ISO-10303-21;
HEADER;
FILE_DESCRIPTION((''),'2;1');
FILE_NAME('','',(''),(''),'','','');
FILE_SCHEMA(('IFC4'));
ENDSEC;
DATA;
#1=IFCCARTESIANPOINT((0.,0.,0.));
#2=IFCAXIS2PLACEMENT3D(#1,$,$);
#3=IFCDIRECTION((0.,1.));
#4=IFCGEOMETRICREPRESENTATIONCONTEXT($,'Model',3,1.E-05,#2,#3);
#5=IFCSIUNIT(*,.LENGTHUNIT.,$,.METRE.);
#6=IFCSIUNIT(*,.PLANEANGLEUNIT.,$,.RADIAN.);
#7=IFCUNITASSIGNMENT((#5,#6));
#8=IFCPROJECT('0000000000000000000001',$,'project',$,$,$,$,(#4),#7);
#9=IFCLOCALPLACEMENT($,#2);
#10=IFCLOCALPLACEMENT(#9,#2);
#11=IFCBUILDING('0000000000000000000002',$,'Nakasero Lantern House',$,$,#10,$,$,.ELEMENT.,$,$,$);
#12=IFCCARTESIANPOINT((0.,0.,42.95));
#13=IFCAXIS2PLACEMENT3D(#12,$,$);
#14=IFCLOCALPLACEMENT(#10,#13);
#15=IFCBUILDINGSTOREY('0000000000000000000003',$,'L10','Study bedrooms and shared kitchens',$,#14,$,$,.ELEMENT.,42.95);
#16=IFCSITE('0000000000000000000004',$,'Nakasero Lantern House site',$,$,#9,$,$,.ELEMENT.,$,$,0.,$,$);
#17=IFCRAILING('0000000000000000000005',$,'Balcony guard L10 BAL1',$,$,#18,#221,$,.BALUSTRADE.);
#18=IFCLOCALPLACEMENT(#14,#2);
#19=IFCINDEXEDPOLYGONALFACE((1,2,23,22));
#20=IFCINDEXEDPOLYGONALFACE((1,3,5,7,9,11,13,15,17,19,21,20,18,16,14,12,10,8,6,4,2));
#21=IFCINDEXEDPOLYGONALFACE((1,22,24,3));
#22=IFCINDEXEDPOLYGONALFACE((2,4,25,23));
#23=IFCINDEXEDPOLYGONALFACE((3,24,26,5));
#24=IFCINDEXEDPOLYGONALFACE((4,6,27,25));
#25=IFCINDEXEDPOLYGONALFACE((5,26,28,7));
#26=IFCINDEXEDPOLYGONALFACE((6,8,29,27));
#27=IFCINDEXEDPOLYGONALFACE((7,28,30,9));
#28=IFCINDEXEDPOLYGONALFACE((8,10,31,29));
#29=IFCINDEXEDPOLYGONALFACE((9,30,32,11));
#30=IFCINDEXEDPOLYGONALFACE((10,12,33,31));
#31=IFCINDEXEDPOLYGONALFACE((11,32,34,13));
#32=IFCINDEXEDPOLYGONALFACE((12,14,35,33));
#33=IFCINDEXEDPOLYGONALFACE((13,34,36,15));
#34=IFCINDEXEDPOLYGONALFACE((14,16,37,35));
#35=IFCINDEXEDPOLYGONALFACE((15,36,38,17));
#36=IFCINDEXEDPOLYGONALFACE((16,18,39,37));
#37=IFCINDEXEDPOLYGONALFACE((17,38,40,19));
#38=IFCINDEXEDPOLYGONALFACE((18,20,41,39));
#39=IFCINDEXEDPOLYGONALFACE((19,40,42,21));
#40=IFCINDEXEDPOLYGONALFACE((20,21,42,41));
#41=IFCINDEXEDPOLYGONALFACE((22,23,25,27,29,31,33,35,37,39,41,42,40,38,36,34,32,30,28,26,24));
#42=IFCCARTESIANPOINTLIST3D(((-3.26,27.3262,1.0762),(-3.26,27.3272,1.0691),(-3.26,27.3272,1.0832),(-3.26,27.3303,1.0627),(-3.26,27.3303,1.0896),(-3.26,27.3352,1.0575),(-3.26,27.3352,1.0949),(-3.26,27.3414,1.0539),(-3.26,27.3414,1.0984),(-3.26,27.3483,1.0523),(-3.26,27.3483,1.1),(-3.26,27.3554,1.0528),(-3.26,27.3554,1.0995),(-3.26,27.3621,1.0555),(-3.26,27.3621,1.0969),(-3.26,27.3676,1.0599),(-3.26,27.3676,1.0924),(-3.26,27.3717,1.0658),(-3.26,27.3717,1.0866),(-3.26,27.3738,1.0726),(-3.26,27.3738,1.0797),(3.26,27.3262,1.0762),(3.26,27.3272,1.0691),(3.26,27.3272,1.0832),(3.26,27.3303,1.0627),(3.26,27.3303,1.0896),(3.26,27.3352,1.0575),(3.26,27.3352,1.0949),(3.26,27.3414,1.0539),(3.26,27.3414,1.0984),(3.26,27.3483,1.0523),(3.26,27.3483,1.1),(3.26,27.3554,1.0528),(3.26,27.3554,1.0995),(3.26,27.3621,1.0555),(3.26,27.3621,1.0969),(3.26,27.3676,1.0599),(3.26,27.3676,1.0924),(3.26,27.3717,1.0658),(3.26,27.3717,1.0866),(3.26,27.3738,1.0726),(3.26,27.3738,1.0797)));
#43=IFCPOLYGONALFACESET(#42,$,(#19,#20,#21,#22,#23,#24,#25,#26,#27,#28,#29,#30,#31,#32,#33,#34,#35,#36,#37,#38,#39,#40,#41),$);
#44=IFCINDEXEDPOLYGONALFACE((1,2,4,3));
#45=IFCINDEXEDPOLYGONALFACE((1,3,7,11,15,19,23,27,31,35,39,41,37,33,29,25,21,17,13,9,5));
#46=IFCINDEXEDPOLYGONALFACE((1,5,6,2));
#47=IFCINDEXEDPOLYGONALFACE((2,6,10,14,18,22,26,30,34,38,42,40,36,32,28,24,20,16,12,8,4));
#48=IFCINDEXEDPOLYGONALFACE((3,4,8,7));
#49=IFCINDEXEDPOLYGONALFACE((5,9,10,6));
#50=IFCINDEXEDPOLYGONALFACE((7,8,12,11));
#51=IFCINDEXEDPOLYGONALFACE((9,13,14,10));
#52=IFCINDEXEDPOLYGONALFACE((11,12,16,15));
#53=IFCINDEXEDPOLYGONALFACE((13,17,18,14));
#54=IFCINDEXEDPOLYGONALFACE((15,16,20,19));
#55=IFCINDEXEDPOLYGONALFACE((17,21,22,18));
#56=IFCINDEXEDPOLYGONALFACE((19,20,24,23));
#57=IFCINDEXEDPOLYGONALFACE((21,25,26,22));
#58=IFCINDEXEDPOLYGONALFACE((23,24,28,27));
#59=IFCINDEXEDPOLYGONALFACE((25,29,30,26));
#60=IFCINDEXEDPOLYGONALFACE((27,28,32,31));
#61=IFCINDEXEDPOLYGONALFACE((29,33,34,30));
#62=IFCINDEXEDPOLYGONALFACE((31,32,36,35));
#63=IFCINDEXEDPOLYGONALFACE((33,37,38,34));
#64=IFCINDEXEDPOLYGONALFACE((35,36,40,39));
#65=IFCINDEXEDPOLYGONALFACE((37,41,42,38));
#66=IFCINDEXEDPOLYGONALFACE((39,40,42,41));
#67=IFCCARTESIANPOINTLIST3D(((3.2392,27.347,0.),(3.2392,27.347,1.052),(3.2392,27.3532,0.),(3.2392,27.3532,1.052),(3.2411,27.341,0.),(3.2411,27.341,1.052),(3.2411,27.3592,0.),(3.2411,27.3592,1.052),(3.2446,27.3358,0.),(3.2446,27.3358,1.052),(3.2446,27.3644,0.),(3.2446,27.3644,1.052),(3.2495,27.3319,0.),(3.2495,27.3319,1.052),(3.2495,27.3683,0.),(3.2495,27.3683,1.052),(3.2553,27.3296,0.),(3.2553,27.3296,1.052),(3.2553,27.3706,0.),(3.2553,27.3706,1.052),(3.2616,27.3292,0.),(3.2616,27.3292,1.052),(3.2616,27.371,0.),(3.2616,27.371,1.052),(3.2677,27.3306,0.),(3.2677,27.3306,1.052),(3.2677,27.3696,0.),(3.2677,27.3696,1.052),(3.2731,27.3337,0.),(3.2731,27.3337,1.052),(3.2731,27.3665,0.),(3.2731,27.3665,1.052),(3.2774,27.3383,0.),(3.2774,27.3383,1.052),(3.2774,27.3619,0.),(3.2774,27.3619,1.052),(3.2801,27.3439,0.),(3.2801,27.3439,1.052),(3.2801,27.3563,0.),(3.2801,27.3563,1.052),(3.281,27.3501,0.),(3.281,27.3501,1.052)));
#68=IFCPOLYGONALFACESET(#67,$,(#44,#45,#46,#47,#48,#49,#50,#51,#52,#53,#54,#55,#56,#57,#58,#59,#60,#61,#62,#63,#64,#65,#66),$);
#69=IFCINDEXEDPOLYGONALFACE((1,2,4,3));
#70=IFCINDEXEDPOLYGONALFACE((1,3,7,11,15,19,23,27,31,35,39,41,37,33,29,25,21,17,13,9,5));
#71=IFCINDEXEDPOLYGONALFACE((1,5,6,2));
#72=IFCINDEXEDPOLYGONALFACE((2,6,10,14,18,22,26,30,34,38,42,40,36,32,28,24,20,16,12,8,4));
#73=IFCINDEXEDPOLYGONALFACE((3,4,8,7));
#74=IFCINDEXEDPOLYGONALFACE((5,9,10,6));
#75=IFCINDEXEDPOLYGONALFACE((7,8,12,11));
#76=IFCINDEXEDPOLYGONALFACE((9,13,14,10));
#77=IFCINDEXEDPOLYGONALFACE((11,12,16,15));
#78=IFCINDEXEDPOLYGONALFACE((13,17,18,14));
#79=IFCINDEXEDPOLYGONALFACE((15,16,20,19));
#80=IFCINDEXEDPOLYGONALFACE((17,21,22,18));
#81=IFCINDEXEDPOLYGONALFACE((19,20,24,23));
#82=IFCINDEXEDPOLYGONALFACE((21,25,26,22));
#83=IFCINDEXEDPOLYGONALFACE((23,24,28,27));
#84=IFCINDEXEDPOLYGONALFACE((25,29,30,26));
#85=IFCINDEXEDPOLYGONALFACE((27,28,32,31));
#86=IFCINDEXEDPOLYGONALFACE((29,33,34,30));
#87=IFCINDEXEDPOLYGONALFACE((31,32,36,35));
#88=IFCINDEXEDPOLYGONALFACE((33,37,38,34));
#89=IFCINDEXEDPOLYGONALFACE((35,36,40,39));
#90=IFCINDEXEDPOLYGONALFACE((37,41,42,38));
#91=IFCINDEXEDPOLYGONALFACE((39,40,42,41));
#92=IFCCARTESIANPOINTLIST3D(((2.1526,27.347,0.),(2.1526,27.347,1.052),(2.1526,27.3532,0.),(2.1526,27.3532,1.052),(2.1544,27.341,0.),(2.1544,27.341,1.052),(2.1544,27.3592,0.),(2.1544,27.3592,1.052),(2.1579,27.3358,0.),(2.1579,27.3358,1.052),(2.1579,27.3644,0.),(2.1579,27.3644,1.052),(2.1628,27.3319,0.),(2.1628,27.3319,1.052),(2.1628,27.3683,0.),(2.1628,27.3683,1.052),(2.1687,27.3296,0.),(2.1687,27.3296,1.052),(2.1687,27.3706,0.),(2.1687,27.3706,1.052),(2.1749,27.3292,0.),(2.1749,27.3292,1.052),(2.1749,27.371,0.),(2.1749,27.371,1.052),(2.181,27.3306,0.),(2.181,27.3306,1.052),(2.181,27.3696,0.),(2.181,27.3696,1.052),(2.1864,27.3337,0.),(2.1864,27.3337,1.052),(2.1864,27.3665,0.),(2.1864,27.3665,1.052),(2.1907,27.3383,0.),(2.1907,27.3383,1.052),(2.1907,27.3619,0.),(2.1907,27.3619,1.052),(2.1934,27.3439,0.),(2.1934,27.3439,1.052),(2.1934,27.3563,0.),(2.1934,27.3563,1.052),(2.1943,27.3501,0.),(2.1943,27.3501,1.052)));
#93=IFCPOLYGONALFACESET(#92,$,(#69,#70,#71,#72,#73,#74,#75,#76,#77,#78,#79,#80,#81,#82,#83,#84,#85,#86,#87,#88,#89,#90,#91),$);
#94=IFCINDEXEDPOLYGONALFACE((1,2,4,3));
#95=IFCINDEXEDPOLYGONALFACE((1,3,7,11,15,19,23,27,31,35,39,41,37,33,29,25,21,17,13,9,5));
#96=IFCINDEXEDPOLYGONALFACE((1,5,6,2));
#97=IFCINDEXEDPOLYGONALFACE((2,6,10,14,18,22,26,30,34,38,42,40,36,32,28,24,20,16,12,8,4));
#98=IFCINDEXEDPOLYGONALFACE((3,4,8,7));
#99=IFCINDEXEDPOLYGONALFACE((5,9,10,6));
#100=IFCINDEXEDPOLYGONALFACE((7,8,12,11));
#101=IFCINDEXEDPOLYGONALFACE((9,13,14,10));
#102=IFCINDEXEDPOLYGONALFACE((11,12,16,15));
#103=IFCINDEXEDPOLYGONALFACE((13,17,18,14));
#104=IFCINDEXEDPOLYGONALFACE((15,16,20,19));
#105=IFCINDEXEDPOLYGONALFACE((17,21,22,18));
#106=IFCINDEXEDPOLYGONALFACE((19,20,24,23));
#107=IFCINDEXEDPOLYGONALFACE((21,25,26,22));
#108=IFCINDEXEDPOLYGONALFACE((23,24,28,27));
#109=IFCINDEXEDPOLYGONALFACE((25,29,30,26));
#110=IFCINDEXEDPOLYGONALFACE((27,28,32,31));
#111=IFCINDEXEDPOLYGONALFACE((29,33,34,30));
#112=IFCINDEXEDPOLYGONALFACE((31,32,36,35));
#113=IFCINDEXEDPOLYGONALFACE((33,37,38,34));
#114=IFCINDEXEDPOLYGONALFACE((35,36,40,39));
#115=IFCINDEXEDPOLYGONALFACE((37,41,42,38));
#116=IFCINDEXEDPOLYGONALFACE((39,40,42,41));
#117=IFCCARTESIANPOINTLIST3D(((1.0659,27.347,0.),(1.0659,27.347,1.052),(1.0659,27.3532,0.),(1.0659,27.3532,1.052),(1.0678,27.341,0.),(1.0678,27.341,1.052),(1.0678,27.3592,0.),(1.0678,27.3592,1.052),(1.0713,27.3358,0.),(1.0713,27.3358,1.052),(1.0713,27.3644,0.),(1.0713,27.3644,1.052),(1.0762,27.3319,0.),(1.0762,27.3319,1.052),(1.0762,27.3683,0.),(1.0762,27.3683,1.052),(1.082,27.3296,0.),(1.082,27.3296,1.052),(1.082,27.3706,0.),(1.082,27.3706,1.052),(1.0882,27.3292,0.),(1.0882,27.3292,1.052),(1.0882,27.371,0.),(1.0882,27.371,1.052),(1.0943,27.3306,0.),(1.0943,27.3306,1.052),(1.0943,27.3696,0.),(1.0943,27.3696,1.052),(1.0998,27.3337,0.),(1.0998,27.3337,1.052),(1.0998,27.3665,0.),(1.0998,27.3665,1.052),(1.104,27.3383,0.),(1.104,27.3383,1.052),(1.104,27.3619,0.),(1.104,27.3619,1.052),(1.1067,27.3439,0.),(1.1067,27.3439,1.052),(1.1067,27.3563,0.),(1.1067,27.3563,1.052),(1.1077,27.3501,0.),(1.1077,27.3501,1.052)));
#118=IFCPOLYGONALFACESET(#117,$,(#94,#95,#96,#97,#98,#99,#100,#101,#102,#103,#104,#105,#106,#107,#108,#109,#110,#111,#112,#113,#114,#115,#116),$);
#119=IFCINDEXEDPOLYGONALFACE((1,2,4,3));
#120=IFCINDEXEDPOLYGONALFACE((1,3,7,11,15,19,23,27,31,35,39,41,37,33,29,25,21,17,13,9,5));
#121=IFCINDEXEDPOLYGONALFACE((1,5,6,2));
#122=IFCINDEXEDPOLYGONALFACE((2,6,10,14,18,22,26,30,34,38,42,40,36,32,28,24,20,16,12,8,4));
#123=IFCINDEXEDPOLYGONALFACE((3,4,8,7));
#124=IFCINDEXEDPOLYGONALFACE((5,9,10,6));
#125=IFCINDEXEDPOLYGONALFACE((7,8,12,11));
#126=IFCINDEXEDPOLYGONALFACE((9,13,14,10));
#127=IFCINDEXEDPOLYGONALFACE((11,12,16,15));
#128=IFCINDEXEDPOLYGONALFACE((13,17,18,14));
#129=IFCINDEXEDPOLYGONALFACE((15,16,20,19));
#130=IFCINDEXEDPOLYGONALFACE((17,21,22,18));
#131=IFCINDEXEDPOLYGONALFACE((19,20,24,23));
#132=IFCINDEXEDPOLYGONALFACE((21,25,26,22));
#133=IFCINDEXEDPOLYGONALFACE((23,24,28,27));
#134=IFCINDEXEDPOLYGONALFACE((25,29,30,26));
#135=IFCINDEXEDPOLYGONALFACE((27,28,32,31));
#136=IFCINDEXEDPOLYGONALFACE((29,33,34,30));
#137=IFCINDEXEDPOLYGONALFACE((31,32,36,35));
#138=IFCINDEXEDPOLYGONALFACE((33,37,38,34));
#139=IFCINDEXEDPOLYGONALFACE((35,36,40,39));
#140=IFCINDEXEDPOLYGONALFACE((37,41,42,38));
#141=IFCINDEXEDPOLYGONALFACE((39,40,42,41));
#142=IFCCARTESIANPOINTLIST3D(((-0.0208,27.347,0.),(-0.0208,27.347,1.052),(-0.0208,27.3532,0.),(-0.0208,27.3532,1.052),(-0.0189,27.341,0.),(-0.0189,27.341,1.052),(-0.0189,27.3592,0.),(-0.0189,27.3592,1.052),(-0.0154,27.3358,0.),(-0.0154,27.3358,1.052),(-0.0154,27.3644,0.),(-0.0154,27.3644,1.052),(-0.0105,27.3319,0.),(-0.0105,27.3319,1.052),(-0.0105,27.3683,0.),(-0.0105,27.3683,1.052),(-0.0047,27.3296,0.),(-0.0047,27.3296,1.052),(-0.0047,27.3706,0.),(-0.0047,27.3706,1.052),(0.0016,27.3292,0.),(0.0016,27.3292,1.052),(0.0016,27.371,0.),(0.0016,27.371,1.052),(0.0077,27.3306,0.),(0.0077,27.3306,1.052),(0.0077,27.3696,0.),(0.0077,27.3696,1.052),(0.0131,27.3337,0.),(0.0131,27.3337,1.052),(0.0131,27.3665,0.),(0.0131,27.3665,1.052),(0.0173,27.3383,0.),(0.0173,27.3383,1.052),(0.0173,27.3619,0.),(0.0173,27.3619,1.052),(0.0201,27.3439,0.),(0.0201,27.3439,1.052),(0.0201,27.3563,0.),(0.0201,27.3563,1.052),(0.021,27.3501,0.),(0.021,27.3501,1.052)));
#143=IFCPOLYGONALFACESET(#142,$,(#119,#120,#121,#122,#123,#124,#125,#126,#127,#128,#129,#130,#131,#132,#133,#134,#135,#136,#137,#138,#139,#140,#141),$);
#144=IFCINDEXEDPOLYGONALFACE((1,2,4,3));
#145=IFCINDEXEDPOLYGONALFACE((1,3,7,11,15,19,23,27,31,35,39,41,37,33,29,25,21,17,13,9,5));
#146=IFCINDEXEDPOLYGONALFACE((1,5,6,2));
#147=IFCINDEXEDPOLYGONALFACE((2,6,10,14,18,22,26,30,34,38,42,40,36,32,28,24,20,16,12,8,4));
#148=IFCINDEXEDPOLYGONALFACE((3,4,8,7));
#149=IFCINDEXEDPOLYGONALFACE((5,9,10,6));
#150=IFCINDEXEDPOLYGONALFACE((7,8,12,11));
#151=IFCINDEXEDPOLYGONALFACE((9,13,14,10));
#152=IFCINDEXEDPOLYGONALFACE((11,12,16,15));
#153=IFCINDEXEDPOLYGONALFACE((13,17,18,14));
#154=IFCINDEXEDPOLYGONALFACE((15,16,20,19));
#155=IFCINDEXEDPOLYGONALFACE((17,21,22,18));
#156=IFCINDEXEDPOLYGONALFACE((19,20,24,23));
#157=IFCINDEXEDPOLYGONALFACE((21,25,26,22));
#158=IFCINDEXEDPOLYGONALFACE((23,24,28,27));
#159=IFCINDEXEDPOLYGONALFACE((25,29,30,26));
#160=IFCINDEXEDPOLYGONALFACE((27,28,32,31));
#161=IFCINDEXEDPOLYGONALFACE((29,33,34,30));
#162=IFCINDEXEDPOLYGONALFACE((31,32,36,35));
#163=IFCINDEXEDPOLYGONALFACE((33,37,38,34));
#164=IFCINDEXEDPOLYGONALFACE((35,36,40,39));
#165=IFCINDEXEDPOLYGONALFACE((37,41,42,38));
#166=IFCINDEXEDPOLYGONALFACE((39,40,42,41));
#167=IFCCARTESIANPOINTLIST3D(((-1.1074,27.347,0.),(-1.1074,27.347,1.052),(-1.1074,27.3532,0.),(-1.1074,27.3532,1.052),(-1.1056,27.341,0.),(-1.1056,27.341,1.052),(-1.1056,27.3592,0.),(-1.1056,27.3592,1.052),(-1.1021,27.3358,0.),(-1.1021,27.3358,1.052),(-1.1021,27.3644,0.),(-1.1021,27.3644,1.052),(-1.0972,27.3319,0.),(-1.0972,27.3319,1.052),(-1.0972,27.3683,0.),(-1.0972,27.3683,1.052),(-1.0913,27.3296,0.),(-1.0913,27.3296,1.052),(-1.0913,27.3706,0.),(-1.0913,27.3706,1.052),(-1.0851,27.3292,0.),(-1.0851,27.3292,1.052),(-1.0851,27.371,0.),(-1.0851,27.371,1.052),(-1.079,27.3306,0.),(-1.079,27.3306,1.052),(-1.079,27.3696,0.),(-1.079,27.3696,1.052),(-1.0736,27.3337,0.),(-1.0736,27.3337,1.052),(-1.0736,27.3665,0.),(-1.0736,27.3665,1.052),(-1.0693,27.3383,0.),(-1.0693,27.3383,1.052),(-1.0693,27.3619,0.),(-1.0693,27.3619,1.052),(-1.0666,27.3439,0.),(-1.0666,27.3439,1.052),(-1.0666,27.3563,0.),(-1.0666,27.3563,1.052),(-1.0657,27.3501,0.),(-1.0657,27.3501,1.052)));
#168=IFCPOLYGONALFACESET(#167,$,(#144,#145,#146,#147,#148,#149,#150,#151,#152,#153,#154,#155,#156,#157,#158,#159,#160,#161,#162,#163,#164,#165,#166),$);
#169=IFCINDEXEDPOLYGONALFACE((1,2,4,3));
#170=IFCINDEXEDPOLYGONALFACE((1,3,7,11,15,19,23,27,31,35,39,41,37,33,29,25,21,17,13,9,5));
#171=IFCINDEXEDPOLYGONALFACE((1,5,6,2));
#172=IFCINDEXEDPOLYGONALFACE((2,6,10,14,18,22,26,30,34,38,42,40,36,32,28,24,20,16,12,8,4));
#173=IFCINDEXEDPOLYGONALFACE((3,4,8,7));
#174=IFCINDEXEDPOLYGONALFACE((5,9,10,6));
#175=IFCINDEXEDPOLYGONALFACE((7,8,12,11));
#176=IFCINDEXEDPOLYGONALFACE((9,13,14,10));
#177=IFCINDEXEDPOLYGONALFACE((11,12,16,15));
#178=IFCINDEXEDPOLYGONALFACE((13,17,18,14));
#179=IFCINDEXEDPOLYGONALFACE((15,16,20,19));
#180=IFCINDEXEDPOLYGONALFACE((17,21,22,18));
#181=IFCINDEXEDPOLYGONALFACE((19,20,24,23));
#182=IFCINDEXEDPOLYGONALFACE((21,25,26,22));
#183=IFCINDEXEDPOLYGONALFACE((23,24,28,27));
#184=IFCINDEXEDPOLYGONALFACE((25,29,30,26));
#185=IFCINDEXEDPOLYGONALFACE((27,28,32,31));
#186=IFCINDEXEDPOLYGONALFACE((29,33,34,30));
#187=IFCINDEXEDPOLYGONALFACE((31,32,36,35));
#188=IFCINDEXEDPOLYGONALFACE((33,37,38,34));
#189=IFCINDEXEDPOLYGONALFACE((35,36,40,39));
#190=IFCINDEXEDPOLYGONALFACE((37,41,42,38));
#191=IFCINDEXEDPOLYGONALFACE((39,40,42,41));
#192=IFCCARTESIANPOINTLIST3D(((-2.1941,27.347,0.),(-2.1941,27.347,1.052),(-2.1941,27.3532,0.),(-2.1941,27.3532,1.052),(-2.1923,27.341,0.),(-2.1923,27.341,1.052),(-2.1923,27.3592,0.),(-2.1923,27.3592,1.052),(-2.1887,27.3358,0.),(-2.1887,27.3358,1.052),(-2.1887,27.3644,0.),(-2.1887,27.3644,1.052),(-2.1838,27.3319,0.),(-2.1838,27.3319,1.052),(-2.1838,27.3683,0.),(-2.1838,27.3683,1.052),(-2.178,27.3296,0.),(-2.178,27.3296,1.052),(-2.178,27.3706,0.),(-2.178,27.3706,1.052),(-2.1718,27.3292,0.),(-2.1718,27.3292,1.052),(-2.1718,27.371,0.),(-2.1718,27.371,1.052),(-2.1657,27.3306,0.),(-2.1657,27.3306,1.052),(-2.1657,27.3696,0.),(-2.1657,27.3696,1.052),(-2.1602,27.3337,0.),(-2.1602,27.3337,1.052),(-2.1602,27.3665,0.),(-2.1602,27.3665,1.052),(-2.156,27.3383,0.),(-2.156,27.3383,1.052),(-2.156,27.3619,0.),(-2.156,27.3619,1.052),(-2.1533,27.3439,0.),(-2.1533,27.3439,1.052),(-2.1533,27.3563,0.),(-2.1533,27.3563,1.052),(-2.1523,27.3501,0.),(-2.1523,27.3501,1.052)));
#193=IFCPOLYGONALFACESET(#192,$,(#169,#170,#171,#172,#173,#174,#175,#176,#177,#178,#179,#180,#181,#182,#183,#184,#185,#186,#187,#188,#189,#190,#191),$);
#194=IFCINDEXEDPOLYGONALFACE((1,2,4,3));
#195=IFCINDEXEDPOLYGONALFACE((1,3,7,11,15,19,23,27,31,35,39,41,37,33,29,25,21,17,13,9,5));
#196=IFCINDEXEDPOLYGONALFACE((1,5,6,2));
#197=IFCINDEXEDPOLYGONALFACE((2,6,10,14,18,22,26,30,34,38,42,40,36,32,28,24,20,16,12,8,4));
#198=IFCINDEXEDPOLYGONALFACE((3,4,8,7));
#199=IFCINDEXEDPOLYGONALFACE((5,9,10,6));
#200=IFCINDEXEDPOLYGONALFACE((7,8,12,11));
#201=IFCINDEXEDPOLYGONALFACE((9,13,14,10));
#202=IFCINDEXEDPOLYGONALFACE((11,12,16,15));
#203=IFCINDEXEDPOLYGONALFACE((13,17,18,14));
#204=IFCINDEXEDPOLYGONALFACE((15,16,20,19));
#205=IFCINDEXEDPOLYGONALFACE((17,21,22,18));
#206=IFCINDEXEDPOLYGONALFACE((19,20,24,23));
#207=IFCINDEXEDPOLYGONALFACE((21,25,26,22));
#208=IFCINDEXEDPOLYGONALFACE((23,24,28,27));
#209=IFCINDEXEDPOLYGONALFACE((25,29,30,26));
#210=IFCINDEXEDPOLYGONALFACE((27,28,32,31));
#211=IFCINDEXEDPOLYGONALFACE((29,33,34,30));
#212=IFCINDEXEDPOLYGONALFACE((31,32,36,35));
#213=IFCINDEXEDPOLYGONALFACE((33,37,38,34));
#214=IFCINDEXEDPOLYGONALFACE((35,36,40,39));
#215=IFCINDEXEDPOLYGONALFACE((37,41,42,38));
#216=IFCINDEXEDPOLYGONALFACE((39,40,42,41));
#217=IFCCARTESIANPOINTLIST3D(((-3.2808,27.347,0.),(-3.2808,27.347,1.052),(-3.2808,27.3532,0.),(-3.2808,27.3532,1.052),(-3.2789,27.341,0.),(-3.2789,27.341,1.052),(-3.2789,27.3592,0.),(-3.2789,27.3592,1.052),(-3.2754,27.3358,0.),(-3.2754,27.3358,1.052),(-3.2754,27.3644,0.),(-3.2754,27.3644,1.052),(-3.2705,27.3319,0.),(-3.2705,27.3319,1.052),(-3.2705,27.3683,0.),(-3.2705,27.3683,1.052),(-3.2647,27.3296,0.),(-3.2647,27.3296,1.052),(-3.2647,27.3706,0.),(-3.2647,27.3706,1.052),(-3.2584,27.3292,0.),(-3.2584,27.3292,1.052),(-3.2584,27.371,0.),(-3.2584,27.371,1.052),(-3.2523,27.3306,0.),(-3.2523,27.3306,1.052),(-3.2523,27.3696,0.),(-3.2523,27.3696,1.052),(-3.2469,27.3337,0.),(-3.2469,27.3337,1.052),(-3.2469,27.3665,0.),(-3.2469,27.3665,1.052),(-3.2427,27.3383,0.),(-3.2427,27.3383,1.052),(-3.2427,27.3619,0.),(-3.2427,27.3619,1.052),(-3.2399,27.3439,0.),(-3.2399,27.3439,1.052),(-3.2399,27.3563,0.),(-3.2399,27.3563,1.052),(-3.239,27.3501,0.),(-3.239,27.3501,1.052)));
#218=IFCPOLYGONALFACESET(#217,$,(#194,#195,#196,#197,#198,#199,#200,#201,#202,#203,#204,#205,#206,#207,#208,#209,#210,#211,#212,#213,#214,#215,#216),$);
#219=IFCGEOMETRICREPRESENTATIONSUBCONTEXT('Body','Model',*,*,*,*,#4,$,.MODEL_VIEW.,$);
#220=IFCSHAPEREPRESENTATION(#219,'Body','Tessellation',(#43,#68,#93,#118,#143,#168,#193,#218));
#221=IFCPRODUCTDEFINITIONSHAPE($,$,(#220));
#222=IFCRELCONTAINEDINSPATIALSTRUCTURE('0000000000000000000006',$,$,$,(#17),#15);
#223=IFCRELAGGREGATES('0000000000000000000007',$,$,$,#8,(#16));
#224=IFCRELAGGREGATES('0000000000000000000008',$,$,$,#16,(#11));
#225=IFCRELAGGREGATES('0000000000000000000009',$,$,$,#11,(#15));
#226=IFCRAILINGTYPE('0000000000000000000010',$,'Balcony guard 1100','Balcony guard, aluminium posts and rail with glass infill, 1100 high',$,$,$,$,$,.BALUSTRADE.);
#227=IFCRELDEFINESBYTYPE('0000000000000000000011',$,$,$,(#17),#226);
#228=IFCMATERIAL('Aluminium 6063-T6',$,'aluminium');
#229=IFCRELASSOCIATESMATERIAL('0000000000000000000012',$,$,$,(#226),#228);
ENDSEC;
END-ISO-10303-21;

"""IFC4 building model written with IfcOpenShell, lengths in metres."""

from ifc_helpers import new_model, si_unit, direction, frame, origin, origin_2d, place, context, subcontext, project, spatial, circle, extrude, material, type_object, element, save


model = new_model("IFC4")

# Units and contexts
model_context = context("Model", 3, precision=1e-05, world=origin(), true_north=direction((0.0, 1.0)))
body_context = subcontext(model_context, "Body", "Model", "MODEL_VIEW")
ifc_project = project(units=[si_unit("LENGTHUNIT", "METRE"), si_unit("PLANEANGLEUNIT", "RADIAN")], contexts=[model_context])

# Site, building, storey
site_placement = place(None, origin())
site = spatial("IfcSite", under=ifc_project, at=site_placement, Name="Nakasero Lantern House site", CompositionType="ELEMENT", RefElevation=0.0)
building_placement = place(site_placement, origin())
building = spatial("IfcBuilding", under=site, at=building_placement, Name="Nakasero Lantern House", CompositionType="ELEMENT")
storey_placement = place(building_placement, frame((0.0, 0.0, 42.95)))
storey = spatial("IfcBuildingStorey", under=building, at=storey_placement, Name="L10", Description="Study bedrooms and shared kitchens", CompositionType="ELEMENT", Elevation=42.95)

# Railing
ifc_material_1 = material(Name="Aluminium 6063-T6", Category="aluminium")
railing_type = type_object("IfcRailingType", Name="Balcony guard 1100", Description="Balcony guard, aluminium posts and rail with glass infill, 1100 high", PredefinedType="BALUSTRADE", material=ifc_material_1)
railing_placement = place(storey_placement, frame((3.26, 27.3501, 0.0)))
element("IfcRailing", 1, at=railing_placement, inside=storey, type_object=railing_type, Name="Balcony guard L10 BAL1", PredefinedType="BALUSTRADE", context=body_context, shape_type="SweptSolid", body=[
    extrude(circle(Radius=0.0239, at=origin_2d()), frame((0.0, 0.0, 1.0762), z_axis=(-1.0, 0.0, 0.0), x_axis=(0.0, -1.0, 0.0)), (0.0, 0.0, 1.0), 6.52),
    extrude(circle(Radius=0.021, at=origin_2d()), origin(), (0.0, 0.0, 1.0), 1.052),
    extrude(circle(Radius=0.021, at=origin_2d()), frame((-1.0867, 0.0, 0.0)), (0.0, 0.0, 1.0), 1.052),
    extrude(circle(Radius=0.021, at=origin_2d()), frame((-2.1733, 0.0, 0.0)), (0.0, 0.0, 1.0), 1.052),
    extrude(circle(Radius=0.021, at=origin_2d()), frame((-3.26, 0.0, 0.0)), (0.0, 0.0, 1.0), 1.052),
    extrude(circle(Radius=0.021, at=origin_2d()), frame((-4.3467, 0.0, 0.0)), (0.0, 0.0, 1.0), 1.052),
    extrude(circle(Radius=0.021, at=origin_2d()), frame((-5.4333, 0.0, 0.0)), (0.0, 0.0, 1.0), 1.052),
    extrude(circle(Radius=0.021, at=origin_2d()), frame((-6.52, 0.0, 0.0)), (0.0, 0.0, 1.0), 1.052),
])

save(model, "model.ifc")
